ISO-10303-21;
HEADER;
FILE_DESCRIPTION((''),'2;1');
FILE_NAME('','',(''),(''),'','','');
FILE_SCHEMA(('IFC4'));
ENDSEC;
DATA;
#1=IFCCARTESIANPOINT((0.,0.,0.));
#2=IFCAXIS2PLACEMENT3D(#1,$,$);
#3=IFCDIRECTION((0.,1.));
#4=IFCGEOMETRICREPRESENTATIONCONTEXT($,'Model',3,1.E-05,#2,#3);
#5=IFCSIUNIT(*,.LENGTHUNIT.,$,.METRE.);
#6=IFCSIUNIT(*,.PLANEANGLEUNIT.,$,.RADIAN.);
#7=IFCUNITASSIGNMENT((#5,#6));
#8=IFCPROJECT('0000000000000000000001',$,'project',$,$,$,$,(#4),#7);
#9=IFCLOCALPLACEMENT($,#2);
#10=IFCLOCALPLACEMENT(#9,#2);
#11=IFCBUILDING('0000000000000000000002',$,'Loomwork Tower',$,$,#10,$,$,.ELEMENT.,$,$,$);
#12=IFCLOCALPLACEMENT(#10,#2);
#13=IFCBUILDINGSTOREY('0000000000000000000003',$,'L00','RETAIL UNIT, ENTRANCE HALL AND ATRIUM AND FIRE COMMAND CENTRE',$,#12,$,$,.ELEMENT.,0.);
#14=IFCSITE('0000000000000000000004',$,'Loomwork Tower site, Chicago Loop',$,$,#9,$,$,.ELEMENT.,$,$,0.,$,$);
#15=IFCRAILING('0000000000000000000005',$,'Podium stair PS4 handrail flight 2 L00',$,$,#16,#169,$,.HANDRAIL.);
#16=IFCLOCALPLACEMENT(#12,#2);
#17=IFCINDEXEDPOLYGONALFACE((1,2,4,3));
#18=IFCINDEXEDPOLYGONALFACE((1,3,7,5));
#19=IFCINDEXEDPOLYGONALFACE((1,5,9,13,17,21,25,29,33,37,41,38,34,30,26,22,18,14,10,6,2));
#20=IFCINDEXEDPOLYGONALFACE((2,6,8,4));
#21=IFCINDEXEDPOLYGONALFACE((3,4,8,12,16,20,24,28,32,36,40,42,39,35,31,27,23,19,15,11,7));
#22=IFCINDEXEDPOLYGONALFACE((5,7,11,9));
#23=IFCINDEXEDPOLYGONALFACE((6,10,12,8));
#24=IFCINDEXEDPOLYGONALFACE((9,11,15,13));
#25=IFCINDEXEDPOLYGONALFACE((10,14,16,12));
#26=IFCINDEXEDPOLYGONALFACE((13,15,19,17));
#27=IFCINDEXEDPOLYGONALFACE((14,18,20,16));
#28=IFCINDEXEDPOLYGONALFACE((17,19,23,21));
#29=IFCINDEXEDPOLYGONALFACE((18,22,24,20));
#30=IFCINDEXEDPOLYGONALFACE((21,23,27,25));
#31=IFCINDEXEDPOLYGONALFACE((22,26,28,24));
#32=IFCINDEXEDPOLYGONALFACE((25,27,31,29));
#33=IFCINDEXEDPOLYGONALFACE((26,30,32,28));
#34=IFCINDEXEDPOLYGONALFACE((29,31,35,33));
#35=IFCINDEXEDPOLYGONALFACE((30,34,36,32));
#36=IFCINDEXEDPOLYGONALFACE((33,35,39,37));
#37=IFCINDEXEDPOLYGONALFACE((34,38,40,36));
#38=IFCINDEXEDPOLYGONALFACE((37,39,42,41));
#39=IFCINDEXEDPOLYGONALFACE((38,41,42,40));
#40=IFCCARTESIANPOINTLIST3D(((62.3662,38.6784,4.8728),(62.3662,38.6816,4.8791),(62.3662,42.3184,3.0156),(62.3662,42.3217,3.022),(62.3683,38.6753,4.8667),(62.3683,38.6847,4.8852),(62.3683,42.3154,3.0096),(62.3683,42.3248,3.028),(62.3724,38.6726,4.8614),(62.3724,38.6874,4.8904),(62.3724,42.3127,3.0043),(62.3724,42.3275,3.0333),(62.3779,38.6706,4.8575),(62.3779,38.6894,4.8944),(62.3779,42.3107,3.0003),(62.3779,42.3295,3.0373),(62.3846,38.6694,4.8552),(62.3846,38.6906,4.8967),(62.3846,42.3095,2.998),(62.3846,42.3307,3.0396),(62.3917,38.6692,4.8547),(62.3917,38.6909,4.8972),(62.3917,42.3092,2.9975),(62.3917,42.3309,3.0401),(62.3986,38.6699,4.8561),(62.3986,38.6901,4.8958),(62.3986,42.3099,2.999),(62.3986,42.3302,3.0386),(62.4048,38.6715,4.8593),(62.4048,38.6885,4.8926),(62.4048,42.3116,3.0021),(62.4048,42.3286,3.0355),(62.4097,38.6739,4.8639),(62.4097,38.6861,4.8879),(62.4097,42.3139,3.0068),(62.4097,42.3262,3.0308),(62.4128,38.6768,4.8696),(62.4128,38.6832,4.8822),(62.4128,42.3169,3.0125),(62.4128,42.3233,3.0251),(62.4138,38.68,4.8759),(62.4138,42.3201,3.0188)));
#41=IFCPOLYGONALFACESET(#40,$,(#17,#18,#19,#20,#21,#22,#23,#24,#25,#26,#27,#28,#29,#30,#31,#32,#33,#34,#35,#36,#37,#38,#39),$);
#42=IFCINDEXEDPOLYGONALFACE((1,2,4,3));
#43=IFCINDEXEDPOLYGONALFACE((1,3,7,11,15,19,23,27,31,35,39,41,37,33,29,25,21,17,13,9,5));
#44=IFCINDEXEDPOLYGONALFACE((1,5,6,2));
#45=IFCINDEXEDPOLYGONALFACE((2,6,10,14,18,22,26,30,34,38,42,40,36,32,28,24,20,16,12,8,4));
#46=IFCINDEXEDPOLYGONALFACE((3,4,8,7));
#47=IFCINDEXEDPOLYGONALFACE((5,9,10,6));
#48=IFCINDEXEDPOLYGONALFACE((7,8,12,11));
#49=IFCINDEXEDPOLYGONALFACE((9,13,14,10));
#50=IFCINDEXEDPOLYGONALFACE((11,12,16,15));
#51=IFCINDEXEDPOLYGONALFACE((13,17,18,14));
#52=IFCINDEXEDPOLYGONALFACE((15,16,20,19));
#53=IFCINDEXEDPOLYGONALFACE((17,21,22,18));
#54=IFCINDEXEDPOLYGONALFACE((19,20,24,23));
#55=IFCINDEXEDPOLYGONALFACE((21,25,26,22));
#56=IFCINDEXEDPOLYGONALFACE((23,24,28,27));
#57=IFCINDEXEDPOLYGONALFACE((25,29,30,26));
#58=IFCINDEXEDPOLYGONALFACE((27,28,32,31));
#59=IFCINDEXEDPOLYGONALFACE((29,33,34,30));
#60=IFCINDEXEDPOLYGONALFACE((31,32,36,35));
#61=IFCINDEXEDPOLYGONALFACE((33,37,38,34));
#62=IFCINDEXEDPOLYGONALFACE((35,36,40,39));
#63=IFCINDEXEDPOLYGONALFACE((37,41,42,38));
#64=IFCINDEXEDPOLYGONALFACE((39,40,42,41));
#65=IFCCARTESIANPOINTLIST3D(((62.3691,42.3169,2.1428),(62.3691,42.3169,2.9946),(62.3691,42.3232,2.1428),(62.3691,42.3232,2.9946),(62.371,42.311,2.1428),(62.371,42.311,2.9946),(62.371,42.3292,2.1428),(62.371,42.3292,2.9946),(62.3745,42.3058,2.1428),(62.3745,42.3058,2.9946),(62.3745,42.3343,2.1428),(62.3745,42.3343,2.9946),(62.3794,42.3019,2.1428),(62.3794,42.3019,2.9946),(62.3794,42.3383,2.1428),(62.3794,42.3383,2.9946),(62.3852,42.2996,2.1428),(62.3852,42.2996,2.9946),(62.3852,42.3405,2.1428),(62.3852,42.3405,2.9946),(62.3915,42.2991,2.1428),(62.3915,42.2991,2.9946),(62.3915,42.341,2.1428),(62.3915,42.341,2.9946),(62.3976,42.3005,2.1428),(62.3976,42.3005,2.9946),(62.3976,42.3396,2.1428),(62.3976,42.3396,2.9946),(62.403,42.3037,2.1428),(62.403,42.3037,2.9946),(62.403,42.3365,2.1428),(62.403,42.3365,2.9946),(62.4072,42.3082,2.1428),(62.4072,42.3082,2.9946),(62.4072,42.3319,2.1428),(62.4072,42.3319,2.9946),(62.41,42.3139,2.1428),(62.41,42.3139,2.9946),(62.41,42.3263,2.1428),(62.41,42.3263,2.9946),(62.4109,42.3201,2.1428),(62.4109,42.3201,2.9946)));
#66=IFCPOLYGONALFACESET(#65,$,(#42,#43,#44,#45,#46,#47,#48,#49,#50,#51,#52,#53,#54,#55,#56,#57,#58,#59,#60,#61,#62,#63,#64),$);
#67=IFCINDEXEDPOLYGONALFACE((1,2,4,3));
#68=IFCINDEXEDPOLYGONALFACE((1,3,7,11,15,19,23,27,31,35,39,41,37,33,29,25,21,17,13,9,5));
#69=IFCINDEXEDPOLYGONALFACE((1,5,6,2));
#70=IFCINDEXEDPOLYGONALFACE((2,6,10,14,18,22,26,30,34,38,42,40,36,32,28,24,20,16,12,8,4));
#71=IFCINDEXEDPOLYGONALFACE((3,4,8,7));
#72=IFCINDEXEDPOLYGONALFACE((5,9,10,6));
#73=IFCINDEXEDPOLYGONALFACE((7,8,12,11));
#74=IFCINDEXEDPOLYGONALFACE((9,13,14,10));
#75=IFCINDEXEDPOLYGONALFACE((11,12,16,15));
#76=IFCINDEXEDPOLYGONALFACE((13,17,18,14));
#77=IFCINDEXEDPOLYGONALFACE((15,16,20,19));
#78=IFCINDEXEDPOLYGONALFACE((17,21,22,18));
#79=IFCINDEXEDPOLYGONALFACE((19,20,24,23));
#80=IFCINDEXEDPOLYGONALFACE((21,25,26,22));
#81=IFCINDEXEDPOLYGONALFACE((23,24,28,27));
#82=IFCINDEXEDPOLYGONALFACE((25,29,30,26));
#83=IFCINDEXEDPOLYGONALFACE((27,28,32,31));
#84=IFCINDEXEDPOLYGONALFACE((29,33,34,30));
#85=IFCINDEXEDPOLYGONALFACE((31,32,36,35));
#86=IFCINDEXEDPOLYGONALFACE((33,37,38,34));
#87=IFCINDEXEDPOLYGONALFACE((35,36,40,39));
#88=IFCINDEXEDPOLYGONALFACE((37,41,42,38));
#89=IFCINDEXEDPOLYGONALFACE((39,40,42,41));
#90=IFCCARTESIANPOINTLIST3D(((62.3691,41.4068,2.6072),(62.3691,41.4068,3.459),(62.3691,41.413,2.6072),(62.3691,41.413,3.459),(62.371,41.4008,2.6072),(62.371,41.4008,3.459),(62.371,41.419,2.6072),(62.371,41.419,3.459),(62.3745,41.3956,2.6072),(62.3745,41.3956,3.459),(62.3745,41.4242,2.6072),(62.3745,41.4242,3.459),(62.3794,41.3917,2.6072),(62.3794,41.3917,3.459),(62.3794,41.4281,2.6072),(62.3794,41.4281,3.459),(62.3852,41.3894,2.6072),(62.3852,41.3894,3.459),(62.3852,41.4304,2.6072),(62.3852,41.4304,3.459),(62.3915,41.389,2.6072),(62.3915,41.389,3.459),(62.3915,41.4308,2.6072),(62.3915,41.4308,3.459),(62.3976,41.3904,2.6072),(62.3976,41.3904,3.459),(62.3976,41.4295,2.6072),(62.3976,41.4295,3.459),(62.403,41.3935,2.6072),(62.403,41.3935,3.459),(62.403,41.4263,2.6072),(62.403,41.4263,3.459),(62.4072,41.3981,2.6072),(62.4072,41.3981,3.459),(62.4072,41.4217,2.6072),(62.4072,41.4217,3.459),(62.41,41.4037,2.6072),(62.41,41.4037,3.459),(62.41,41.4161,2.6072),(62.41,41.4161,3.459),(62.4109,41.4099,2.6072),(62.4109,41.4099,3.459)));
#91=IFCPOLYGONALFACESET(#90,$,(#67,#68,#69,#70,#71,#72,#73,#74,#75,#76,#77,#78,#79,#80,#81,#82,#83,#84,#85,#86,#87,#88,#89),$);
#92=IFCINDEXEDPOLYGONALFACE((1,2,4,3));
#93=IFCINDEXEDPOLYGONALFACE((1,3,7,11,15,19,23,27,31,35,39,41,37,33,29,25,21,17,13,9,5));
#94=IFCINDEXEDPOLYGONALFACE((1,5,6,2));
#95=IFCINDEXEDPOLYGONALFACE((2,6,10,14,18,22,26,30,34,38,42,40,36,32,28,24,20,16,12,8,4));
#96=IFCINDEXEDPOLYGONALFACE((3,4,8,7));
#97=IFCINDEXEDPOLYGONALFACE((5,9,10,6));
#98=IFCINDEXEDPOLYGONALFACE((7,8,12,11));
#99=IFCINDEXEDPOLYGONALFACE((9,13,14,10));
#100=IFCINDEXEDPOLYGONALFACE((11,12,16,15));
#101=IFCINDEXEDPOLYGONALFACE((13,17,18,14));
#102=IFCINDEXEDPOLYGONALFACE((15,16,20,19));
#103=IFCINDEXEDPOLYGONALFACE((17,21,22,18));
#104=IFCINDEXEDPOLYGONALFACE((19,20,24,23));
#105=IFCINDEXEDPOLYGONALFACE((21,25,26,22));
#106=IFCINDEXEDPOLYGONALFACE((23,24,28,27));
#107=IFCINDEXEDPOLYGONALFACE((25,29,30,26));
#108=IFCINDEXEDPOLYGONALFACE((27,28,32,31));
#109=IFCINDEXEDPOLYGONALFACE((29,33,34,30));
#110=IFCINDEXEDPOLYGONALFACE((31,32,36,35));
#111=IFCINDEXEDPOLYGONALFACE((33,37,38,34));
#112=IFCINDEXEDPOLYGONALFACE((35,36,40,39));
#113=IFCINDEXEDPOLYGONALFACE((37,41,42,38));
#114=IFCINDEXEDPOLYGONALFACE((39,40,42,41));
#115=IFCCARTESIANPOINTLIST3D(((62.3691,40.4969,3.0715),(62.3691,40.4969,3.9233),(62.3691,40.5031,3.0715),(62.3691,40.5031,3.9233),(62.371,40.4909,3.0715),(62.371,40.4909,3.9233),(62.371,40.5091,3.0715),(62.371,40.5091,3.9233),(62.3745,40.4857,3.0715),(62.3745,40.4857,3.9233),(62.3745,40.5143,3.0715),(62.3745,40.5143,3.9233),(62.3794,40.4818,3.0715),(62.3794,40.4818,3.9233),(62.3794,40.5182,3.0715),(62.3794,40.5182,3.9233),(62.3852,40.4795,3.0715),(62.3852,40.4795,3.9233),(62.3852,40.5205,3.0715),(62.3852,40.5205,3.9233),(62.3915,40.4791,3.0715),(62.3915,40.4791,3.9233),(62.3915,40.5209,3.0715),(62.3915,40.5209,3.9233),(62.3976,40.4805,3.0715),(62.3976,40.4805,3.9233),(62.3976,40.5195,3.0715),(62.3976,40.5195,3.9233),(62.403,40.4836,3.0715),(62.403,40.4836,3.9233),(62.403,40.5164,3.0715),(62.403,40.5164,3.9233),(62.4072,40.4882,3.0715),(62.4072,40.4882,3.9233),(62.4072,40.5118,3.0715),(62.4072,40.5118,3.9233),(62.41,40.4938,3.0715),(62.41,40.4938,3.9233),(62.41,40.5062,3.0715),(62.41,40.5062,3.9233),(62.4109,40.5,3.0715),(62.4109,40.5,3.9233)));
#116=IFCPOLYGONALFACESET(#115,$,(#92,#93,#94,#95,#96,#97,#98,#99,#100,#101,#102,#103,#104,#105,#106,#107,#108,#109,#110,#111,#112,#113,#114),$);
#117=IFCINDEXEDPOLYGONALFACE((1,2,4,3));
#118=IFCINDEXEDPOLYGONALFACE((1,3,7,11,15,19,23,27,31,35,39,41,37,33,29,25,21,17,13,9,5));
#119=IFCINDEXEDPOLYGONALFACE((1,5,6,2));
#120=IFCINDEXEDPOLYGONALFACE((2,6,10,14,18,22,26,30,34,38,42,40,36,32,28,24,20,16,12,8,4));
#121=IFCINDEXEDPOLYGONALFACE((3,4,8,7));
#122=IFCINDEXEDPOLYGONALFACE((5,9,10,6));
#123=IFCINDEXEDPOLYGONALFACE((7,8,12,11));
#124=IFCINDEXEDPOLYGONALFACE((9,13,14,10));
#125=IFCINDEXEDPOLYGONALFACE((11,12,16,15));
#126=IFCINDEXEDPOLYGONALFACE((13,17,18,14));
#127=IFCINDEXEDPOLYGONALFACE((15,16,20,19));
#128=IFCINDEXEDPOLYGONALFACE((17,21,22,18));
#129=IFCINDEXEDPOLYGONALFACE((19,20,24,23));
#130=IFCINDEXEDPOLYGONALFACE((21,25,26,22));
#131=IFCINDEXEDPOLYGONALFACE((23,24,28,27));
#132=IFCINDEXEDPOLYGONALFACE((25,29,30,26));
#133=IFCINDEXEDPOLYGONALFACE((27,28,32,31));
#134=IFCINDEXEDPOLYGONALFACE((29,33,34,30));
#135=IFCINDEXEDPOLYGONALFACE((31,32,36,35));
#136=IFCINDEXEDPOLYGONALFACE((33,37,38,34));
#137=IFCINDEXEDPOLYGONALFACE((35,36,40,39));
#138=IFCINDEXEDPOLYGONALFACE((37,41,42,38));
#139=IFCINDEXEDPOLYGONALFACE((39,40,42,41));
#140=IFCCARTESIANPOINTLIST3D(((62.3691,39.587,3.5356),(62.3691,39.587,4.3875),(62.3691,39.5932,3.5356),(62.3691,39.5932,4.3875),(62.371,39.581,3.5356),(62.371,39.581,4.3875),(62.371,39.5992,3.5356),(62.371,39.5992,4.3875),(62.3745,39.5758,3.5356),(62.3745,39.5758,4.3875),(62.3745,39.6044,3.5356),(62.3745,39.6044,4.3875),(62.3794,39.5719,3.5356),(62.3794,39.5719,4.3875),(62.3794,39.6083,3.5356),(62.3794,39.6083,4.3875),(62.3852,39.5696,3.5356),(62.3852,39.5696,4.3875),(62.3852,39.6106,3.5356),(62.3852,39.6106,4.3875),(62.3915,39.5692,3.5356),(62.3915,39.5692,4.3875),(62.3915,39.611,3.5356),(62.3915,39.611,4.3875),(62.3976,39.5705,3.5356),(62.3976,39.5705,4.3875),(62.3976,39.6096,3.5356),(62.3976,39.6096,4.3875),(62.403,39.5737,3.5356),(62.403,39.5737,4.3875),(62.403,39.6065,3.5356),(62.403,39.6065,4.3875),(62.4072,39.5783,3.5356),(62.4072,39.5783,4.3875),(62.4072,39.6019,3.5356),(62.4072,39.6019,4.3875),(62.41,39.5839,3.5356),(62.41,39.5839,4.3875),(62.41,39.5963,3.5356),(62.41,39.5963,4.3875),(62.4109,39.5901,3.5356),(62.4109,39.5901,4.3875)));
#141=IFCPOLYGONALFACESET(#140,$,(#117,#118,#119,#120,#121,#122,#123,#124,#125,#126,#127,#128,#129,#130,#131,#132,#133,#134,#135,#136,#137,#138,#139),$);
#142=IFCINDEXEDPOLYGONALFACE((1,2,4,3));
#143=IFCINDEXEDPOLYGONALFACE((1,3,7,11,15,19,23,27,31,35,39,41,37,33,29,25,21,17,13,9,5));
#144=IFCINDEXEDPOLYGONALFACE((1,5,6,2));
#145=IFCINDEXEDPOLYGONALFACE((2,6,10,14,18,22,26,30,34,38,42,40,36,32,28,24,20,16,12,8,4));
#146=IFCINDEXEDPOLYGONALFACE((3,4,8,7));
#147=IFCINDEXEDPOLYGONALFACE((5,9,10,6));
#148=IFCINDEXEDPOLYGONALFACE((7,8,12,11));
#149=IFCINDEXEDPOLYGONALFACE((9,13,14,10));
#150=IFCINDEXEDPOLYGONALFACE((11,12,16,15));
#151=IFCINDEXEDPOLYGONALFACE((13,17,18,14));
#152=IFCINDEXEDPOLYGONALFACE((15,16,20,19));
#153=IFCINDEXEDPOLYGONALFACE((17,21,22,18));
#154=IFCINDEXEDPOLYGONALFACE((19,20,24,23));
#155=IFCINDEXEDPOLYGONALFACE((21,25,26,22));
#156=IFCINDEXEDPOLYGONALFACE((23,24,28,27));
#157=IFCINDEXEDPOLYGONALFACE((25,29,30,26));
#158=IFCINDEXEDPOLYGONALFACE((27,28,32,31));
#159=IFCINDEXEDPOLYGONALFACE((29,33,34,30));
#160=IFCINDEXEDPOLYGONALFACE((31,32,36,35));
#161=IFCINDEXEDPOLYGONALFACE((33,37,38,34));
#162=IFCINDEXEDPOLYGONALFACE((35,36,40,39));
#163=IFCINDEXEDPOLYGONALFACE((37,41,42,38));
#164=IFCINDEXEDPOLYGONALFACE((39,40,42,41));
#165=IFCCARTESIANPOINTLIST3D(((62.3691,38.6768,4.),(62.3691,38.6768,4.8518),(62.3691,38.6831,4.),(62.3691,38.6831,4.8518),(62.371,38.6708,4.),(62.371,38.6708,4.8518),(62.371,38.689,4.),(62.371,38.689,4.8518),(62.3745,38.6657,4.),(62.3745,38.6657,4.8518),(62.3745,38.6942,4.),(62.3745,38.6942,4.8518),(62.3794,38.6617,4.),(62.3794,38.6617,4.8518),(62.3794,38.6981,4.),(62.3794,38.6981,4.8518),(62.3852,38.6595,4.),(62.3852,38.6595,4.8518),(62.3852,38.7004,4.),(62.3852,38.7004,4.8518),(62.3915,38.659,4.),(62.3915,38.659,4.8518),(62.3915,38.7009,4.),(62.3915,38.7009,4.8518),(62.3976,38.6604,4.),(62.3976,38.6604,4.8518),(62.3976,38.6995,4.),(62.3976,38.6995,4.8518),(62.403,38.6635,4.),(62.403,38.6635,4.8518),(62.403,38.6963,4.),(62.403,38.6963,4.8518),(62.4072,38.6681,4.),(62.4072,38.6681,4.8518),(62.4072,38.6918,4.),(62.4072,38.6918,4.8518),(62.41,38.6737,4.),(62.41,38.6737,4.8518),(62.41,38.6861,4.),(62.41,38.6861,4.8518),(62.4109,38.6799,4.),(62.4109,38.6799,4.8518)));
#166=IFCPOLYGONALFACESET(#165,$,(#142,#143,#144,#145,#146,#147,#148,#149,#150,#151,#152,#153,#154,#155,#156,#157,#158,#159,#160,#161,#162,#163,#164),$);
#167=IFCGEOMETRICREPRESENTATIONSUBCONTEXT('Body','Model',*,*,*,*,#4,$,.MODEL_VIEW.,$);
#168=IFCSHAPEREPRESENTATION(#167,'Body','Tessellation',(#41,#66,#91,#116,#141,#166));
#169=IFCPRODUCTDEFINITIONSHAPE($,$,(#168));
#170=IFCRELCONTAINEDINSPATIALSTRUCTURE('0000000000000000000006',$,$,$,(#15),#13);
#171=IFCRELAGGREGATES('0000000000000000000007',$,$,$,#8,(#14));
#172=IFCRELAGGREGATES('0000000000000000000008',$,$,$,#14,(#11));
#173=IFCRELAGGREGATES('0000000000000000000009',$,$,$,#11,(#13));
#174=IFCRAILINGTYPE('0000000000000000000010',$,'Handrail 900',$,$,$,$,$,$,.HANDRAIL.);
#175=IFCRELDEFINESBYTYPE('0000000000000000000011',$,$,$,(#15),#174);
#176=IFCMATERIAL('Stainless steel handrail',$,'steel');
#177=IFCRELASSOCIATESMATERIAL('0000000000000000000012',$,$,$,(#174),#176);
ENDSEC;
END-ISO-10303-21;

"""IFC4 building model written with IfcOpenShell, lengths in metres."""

from ifc_helpers import new_model, si_unit, direction, frame, origin, origin_2d, place, context, subcontext, project, spatial, circle, extrude, material, type_object, element, save


model = new_model("IFC4")

# Units and contexts
model_context = context("Model", 3, precision=1e-05, world=origin(), true_north=direction((0.0, 1.0)))
body_context = subcontext(model_context, "Body", "Model", "MODEL_VIEW")
ifc_project = project(units=[si_unit("LENGTHUNIT", "METRE"), si_unit("PLANEANGLEUNIT", "RADIAN")], contexts=[model_context])

# Site, building, storey
site_placement = place(None, origin())
site = spatial("IfcSite", under=ifc_project, at=site_placement, Name="Loomwork Tower site, Chicago Loop", CompositionType="ELEMENT", RefElevation=0.0)
building_placement = place(site_placement, origin())
building = spatial("IfcBuilding", under=site, at=building_placement, Name="Loomwork Tower", CompositionType="ELEMENT")
storey_placement = place(building_placement, origin())
storey = spatial("IfcBuildingStorey", under=building, at=storey_placement, Name="L00", Description="RETAIL UNIT, ENTRANCE HALL AND ATRIUM AND FIRE COMMAND CENTRE", CompositionType="ELEMENT", Elevation=0.0)

# Railing
ifc_material_1 = material(Name="Stainless steel handrail", Category="steel")
railing_type = type_object("IfcRailingType", Name="Handrail 900", PredefinedType="HANDRAIL", material=ifc_material_1)
railing_1_placement = place(storey_placement, frame((62.3899, 42.3201, 2.1428)))
element("IfcRailing", 1, at=railing_1_placement, inside=storey, type_object=railing_type, Name="Podium stair PS4 handrail flight 2 L00", PredefinedType="HANDRAIL", context=body_context, shape_type="SweptSolid", body=[
    extrude(circle(Radius=0.0239, at=origin_2d()), frame((0.0, 0.0, 0.876), z_axis=(0.0, -0.890765, 0.454464), x_axis=(1.0, 0.0, 0.0)), (0.0, 0.0, 1.0), 4.0864),
    extrude(circle(Radius=0.021, at=origin_2d()), origin(), (0.0, 0.0, 1.0), 0.8518),
    extrude(circle(Radius=0.021, at=origin_2d()), frame((0.0, -0.9102, 0.4644)), (0.0, 0.0, 1.0), 0.8518),
    extrude(circle(Radius=0.021, at=origin_2d()), frame((0.0, -1.8201, 0.9287)), (0.0, 0.0, 1.0), 0.8518),
    extrude(circle(Radius=0.021, at=origin_2d()), frame((0.0, -2.73, 1.3928)), (0.0, 0.0, 1.0), 0.8518),
    extrude(circle(Radius=0.021, at=origin_2d()), frame((0.0, -3.6401, 1.8572)), (0.0, 0.0, 1.0), 0.8518),
])

save(model, "model.ifc")
